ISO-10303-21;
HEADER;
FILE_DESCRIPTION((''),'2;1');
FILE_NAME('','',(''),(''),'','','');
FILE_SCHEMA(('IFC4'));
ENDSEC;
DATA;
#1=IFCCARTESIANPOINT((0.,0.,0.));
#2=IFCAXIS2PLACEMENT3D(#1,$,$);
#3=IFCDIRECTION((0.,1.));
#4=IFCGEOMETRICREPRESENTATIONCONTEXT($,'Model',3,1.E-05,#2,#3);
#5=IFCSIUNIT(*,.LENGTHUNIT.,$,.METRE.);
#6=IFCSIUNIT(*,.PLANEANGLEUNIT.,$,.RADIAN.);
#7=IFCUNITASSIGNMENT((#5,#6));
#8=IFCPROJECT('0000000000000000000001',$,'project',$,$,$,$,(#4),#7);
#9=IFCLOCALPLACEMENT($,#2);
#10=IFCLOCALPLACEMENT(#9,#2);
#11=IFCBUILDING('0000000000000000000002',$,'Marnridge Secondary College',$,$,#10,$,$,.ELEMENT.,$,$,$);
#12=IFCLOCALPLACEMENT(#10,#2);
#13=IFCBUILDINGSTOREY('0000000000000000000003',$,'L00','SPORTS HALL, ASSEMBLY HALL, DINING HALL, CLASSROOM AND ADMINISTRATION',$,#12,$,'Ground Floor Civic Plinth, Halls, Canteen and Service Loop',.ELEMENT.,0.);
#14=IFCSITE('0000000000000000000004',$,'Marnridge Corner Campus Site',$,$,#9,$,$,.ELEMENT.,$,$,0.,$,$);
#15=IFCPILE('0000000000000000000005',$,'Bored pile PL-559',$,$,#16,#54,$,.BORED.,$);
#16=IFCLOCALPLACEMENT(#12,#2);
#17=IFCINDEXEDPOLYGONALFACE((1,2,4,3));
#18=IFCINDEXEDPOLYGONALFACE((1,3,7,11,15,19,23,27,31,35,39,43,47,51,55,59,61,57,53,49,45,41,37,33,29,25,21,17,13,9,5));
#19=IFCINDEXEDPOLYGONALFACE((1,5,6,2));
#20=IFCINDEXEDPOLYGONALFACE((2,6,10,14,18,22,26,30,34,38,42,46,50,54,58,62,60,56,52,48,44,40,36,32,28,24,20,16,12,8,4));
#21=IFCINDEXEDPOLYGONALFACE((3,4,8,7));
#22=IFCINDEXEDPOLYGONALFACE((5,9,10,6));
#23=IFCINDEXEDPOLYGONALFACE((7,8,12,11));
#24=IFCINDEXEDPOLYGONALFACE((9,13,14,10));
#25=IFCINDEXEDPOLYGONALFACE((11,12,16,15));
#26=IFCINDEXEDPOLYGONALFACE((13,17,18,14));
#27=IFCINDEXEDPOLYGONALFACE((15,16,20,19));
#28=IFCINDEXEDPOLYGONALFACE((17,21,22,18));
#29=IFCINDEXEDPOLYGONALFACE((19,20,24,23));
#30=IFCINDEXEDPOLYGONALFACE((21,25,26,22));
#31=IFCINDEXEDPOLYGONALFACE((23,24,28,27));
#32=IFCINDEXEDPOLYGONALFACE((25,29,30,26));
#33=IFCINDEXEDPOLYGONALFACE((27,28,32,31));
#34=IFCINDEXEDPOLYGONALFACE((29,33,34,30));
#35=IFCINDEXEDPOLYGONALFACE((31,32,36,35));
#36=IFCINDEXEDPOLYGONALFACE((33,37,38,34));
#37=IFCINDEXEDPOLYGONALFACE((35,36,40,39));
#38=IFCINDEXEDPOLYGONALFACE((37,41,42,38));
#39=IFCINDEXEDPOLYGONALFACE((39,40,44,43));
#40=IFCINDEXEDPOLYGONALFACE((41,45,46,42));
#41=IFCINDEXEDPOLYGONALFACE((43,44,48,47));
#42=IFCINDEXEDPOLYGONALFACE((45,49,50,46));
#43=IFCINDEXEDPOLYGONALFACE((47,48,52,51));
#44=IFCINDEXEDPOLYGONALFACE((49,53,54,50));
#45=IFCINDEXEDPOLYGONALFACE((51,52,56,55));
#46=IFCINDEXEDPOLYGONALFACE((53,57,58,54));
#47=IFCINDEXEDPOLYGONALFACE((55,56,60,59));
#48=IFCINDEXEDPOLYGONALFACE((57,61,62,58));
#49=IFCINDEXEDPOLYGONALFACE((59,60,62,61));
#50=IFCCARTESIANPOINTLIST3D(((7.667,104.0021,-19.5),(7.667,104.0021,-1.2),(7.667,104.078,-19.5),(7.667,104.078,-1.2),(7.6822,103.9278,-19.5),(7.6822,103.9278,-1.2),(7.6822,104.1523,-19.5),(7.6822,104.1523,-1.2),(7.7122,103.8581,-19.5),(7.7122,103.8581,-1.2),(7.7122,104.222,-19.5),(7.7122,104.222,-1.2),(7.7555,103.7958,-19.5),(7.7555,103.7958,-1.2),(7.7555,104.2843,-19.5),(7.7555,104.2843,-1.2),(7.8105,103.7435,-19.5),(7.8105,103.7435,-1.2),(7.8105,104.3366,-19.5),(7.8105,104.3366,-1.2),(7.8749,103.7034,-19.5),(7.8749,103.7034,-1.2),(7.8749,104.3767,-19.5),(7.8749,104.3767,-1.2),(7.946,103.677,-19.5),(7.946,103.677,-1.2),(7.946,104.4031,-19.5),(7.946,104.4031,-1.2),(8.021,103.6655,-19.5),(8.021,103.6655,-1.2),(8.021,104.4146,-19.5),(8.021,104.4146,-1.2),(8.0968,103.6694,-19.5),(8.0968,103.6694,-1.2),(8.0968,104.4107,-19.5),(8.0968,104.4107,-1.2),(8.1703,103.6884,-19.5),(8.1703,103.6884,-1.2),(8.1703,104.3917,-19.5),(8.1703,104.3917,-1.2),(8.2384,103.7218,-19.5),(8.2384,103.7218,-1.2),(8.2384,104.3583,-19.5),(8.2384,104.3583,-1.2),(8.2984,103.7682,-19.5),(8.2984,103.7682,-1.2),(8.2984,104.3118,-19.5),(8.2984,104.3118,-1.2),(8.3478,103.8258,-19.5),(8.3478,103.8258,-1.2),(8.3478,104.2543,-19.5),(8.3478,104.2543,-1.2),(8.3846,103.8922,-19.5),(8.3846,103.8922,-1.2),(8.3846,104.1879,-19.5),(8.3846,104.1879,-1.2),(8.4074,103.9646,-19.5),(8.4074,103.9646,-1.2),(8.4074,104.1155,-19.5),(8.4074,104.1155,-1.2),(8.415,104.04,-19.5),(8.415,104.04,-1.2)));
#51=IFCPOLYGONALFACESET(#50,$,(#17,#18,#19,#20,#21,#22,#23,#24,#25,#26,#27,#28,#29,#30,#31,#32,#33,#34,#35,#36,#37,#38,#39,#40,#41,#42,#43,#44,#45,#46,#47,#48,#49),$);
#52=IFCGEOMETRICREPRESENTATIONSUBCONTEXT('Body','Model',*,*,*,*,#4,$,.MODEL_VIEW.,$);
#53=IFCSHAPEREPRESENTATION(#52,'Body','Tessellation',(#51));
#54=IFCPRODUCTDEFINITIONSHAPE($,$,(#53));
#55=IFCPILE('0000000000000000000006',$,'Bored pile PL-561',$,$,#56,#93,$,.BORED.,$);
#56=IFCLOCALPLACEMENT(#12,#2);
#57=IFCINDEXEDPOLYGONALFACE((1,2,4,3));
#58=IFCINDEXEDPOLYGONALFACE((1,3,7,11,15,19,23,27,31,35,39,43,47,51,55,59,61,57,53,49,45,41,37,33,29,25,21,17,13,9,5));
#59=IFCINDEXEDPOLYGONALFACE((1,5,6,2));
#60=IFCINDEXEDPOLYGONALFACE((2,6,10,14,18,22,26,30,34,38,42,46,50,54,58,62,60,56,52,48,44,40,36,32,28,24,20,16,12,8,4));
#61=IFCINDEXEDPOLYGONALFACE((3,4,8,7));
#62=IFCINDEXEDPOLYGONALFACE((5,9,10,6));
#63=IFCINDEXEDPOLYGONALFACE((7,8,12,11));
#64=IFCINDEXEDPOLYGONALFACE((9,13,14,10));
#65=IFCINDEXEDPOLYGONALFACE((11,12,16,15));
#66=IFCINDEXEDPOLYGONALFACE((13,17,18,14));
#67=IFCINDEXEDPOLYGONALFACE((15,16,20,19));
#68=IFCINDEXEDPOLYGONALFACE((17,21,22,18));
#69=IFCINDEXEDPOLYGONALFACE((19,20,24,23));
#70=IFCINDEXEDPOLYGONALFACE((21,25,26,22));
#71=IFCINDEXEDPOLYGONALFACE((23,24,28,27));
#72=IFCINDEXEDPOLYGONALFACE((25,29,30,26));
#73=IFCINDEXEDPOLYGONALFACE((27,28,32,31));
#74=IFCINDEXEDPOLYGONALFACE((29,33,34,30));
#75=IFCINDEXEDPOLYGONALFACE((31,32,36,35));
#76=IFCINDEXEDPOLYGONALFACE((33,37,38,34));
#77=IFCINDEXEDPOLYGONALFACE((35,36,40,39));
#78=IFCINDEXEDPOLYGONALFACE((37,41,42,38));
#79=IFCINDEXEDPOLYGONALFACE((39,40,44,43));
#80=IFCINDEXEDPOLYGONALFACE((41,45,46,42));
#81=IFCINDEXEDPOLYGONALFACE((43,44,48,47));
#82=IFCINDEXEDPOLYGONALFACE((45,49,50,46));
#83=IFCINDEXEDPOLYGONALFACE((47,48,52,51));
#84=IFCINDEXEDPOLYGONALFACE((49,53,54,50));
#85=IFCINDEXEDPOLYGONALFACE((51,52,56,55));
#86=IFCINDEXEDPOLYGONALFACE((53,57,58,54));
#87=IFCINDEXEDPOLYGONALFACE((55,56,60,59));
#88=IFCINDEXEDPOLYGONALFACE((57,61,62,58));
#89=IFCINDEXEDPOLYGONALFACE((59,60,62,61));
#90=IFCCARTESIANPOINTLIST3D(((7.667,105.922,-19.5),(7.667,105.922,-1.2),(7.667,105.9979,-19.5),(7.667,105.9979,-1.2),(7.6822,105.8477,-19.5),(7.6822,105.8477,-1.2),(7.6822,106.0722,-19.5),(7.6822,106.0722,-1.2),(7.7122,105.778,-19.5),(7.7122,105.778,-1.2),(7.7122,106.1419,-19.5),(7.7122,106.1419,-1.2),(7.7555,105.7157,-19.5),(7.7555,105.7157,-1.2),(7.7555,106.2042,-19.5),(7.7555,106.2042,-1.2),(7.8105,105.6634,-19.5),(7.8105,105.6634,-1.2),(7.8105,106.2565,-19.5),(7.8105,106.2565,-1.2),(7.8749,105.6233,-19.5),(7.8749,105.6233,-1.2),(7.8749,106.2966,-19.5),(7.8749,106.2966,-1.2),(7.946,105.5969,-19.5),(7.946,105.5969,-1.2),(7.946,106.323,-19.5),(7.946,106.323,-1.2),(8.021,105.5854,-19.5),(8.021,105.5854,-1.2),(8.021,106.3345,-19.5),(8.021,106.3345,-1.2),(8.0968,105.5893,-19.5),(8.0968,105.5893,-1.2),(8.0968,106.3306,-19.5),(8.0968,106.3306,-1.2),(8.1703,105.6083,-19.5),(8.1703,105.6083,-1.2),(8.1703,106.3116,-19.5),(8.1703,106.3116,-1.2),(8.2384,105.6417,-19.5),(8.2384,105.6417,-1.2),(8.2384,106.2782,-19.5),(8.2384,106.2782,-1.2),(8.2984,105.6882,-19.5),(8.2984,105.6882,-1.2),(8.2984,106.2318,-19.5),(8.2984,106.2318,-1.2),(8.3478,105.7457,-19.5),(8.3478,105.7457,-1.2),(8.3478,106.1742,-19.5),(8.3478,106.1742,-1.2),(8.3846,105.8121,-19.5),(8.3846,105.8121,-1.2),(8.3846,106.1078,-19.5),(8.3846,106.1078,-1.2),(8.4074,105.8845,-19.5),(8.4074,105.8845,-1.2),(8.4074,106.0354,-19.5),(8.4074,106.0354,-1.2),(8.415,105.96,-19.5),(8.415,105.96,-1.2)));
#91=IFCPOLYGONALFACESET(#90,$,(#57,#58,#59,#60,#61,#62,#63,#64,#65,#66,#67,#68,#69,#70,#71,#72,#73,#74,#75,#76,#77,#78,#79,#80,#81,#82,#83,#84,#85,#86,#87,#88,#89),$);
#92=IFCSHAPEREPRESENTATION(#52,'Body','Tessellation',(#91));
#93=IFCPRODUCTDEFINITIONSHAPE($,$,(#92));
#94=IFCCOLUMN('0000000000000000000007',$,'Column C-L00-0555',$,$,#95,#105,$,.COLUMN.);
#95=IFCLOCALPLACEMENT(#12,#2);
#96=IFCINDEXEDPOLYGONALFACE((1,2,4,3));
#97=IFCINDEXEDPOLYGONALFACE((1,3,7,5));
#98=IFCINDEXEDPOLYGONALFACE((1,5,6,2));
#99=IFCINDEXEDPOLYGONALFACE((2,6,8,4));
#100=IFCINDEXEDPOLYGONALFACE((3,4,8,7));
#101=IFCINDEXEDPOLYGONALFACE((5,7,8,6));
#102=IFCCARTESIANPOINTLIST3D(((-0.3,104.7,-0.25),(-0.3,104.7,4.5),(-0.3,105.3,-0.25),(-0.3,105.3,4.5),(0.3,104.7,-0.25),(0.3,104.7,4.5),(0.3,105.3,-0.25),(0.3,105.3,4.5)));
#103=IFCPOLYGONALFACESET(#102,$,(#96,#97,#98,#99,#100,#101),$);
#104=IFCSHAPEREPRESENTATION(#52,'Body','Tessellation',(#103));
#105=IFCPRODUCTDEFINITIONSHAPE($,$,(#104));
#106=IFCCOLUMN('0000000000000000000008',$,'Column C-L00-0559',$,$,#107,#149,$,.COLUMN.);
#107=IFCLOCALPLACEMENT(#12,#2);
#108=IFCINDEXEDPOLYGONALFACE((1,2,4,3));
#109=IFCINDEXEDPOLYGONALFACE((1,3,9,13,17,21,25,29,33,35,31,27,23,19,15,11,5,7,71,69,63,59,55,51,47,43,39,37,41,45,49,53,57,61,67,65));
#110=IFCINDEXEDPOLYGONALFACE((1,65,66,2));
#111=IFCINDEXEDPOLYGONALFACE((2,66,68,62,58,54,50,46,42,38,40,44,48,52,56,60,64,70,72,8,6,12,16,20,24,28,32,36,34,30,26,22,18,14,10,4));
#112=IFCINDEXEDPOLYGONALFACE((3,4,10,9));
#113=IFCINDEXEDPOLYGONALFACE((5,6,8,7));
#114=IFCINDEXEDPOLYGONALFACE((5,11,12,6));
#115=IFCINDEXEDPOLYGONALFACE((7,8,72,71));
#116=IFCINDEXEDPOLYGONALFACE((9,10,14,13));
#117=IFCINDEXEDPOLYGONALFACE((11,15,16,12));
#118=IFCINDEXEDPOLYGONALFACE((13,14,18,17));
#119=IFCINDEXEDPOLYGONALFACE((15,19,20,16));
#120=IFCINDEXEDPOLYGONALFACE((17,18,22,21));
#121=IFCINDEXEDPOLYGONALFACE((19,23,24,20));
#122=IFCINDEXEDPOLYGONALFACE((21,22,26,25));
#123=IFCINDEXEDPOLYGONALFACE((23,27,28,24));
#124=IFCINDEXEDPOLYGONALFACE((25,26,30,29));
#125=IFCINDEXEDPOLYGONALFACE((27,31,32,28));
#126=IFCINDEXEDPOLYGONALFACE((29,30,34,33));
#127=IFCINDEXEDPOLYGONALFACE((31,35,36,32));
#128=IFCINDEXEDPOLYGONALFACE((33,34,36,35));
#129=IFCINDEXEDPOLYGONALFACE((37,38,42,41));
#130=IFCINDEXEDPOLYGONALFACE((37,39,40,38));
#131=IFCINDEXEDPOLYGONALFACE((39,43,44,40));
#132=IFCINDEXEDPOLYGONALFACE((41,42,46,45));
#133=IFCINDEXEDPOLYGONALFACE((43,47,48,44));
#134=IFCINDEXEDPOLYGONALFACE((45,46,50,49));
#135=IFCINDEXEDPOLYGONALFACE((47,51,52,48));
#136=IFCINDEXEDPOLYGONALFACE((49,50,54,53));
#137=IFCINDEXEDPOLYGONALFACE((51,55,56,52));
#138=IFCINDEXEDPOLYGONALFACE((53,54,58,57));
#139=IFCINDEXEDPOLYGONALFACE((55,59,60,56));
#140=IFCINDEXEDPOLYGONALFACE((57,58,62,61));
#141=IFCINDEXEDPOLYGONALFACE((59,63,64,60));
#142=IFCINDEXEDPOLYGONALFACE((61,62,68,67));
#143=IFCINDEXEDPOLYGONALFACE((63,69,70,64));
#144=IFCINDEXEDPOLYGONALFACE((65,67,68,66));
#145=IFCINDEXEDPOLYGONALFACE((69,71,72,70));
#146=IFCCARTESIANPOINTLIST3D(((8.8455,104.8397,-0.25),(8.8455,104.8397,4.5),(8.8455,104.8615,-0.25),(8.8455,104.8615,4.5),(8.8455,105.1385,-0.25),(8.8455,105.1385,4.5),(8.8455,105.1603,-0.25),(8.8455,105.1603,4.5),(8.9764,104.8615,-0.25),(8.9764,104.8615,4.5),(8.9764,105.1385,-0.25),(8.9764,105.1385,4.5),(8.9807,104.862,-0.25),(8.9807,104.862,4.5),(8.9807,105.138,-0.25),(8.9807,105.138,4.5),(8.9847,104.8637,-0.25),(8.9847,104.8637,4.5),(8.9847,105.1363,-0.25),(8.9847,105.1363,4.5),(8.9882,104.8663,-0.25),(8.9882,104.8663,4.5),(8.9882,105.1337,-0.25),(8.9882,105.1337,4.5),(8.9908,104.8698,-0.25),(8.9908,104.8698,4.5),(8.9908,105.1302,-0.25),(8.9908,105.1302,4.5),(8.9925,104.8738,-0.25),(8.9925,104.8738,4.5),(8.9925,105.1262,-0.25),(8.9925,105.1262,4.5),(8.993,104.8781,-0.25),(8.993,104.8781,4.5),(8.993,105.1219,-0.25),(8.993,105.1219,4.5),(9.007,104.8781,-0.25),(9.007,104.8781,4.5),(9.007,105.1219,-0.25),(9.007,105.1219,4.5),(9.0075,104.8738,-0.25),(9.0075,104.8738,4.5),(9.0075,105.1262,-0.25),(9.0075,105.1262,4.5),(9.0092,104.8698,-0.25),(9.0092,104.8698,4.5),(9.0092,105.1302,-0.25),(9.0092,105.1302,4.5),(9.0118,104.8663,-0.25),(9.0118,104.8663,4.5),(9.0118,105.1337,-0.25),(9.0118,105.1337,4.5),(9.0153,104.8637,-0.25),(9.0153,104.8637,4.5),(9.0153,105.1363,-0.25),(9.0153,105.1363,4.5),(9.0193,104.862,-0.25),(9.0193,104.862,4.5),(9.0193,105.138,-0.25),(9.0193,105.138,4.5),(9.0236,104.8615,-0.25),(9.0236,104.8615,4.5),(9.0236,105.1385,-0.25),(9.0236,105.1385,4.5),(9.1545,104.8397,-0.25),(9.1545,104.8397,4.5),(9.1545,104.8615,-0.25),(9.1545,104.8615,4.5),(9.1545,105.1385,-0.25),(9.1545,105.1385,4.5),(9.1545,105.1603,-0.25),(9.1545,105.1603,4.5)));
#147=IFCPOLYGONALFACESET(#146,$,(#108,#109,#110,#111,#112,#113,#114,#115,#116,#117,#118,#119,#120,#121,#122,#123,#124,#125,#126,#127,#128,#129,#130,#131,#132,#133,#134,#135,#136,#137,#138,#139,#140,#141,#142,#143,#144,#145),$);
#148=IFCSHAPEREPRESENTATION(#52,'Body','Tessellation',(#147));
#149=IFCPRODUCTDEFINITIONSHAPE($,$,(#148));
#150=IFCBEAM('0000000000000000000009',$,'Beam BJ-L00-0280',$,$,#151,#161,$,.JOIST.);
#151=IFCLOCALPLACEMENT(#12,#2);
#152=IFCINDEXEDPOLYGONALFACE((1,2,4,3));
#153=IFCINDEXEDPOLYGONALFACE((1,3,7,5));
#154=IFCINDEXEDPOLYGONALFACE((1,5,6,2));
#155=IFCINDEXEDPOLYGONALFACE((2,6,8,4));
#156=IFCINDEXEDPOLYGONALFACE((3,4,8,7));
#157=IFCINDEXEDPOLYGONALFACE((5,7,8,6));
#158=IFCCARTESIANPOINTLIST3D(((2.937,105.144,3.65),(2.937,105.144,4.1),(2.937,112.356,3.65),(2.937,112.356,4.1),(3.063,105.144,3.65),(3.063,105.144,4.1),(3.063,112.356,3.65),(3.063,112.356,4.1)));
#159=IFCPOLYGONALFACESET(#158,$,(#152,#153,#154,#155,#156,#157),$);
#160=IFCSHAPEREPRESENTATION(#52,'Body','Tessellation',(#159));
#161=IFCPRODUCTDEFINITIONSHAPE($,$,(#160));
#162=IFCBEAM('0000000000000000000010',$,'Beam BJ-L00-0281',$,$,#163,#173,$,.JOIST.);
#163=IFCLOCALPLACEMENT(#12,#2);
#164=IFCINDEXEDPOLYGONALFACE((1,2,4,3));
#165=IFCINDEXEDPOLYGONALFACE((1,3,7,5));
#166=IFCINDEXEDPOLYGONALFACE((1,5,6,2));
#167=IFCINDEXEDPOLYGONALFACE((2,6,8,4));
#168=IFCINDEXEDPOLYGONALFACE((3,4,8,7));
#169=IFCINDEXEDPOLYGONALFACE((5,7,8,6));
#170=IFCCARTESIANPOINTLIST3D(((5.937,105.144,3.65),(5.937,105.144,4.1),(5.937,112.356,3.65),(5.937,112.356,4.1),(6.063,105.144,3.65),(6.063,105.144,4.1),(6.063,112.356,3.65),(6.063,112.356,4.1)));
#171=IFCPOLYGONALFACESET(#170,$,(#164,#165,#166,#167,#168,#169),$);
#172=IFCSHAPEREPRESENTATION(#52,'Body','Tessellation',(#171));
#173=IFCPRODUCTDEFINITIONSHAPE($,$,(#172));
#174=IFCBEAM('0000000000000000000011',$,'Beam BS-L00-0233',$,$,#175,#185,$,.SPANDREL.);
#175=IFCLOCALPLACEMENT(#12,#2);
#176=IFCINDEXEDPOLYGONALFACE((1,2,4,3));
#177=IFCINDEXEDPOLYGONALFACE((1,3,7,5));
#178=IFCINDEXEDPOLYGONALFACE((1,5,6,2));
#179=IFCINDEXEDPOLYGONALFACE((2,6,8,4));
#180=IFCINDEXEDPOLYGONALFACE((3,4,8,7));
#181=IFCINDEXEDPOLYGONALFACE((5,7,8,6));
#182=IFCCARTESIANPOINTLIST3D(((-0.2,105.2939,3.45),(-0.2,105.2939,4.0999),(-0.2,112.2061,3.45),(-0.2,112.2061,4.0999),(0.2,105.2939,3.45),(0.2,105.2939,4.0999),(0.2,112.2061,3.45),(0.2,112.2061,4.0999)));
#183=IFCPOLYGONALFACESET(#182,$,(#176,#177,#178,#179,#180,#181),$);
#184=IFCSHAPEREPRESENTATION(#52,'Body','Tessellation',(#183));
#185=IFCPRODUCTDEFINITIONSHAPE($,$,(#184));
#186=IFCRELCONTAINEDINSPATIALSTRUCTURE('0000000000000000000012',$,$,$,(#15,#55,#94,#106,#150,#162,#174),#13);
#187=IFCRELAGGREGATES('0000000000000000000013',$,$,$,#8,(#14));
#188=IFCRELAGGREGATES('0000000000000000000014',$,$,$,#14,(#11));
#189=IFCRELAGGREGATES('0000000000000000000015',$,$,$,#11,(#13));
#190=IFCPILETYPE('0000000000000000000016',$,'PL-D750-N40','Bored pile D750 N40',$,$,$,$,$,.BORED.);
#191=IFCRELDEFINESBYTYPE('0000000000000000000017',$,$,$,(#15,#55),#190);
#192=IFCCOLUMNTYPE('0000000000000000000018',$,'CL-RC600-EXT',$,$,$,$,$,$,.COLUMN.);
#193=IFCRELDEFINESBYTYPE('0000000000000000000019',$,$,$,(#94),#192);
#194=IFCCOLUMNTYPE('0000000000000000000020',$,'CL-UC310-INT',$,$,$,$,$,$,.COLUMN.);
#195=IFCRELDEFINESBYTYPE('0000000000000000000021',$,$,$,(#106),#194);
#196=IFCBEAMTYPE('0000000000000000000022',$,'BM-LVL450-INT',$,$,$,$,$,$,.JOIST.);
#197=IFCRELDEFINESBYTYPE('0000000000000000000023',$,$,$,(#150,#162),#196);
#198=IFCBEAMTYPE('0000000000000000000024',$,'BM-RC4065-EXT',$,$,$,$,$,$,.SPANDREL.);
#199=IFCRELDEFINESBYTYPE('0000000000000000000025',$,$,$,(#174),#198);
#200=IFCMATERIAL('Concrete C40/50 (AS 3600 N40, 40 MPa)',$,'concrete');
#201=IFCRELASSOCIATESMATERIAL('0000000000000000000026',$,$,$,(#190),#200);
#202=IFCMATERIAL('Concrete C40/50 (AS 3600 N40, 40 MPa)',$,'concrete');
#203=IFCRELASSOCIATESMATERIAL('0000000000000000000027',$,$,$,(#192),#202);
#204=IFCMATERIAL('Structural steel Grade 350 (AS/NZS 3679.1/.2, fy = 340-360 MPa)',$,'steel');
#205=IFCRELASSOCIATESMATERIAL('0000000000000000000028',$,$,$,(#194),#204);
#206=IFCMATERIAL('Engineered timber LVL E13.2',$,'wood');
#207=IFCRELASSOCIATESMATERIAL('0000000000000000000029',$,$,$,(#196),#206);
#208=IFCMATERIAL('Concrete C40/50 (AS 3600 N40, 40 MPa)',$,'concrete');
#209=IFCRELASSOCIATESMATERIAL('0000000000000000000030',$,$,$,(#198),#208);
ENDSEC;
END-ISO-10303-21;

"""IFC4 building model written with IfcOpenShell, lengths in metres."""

from ifc_helpers import new_model, si_unit, direction, frame, origin, origin_2d, place, context, subcontext, project, spatial, rectangle, circle, i_section, extrude, material, material_profile, profile_set, type_object, element, save


model = new_model("IFC4")

# Units and contexts
model_context = context("Model", 3, precision=1e-05, world=origin(), true_north=direction((0.0, 1.0)))
body_context = subcontext(model_context, "Body", "Model", "MODEL_VIEW")
ifc_project = project(units=[si_unit("LENGTHUNIT", "METRE"), si_unit("PLANEANGLEUNIT", "RADIAN")], contexts=[model_context])

# Site, building, storey
site_placement = place(None, origin())
site = spatial("IfcSite", under=ifc_project, at=site_placement, Name="Marnridge Corner Campus Site", CompositionType="ELEMENT", RefElevation=0.0)
building_placement = place(site_placement, origin())
building = spatial("IfcBuilding", under=site, at=building_placement, Name="Marnridge Secondary College", CompositionType="ELEMENT")
storey_placement = place(building_placement, origin())
storey = spatial("IfcBuildingStorey", under=building, at=storey_placement, Name="L00", Description="SPORTS HALL, ASSEMBLY HALL, DINING HALL, CLASSROOM AND ADMINISTRATION", LongName="Ground Floor Civic Plinth, Halls, Canteen and Service Loop", CompositionType="ELEMENT", Elevation=0.0)

# Piles
ifc_material_1 = material(Name="Concrete C40/50 (AS 3600 N40, 40 MPa)", Category="concrete")
ifc_material_profile_1 = material_profile(ifc_material_1, circle(Radius=0.375, at=origin_2d()), Name="PILE D750")
ifc_profile_set_1 = profile_set([ifc_material_profile_1], Name="Concrete C40/50 (AS 3600 N40, 40 MPa)")
pile_type = type_object("IfcPileType", Name="PL-D750-N40", Description="Bored pile D750 N40", PredefinedType="BORED", material=ifc_profile_set_1)
for number, where, z_axis, x_axis, name in (
    (1, (8.04, 104.04, -1.2), (0.0, 0.0, -1.0), (1.0, 0.0, 0.0), "Bored pile PL-559"),
    (2, (8.04, 105.96, -1.2), (0.0, 0.0, -1.0), (1.0, 0.0, 0.0), "Bored pile PL-561"),
):
    element("IfcPile", number, at=place(storey_placement, frame(where, z_axis=z_axis, x_axis=x_axis)), inside=storey, type_object=pile_type, Name=name, PredefinedType="BORED", context=body_context, shape_type="SweptSolid", body=[
        extrude(circle(Radius=0.375, at=origin_2d()), origin(), (0.0, 0.0, 1.0), 18.3),
    ])

# Columns
ifc_material_2 = material(Name="Concrete C40/50 (AS 3600 N40, 40 MPa)", Category="concrete")
ifc_material_profile_2 = material_profile(ifc_material_2, rectangle(XDim=0.6001, YDim=0.6001, at=origin_2d()), Name="RC 600x600")
ifc_profile_set_2 = profile_set([ifc_material_profile_2], Name="Concrete C40/50 (AS 3600 N40, 40 MPa)")
column_type_1 = type_object("IfcColumnType", Name="CL-RC600-EXT", PredefinedType="COLUMN", material=ifc_profile_set_2)
column_1_placement = place(storey_placement, frame((0.0, 105.0, -0.25), z_axis=(0.0, 0.0, 1.0), x_axis=(1.0, 0.0, 0.0)))
element("IfcColumn", 3, at=column_1_placement, inside=storey, type_object=column_type_1, Name="Column C-L00-0555", PredefinedType="COLUMN", context=body_context, shape_type="SweptSolid", body=[
    extrude(rectangle(XDim=0.6001, YDim=0.6001, at=origin_2d()), origin(), (0.0, 0.0, 1.0), 4.75),
])
ifc_material_3 = material(Name="Structural steel Grade 350 (AS/NZS 3679.1/.2, fy = 340-360 MPa)", Category="steel")
ifc_material_profile_3 = material_profile(ifc_material_3, i_section(OverallWidth=0.3091, OverallDepth=0.3206, WebThickness=0.0139, FlangeThickness=0.0217, FilletRadius=0.0166, at=origin_2d()), Name="310UC137")
ifc_profile_set_3 = profile_set([ifc_material_profile_3], Name="Structural steel Grade 350 (AS/NZS 3679.1/.2, fy = 340-360 MPa)")
column_type_2 = type_object("IfcColumnType", Name="CL-UC310-INT", PredefinedType="COLUMN", material=ifc_profile_set_3)
column_2_placement = place(storey_placement, frame((9.0, 105.0, -0.25), z_axis=(0.0, 0.0, 1.0), x_axis=(1.0, 0.0, 0.0)))
element("IfcColumn", 4, at=column_2_placement, inside=storey, type_object=column_type_2, Name="Column C-L00-0559", PredefinedType="COLUMN", context=body_context, shape_type="SweptSolid", body=[
    extrude(i_section(OverallWidth=0.3091, OverallDepth=0.3206, WebThickness=0.0139, FlangeThickness=0.0217, FilletRadius=0.0166, at=origin_2d()), origin(), (0.0, 0.0, 1.0), 4.75),
])

# Beams
ifc_material_4 = material(Name="Engineered timber LVL E13.2", Category="wood")
ifc_material_profile_4 = material_profile(ifc_material_4, rectangle(XDim=0.126, YDim=0.45, at=origin_2d()), Name="LVL 126x450")
ifc_profile_set_4 = profile_set([ifc_material_profile_4], Name="Engineered timber LVL E13.2")
beam_type_1 = type_object("IfcBeamType", Name="BM-LVL450-INT", PredefinedType="JOIST", material=ifc_profile_set_4)
for number, where, z_axis, x_axis, name in (
    (5, (3.0, 105.144, 3.875), (0.0, 1.0, 0.0), (-1.0, 0.0, 0.0), "Beam BJ-L00-0280"),
    (6, (6.0, 105.144, 3.875), (0.0, 1.0, 0.0), (-1.0, 0.0, 0.0), "Beam BJ-L00-0281"),
):
    element("IfcBeam", number, at=place(storey_placement, frame(where, z_axis=z_axis, x_axis=x_axis)), inside=storey, type_object=beam_type_1, Name=name, PredefinedType="JOIST", context=body_context, shape_type="SweptSolid", body=[
        extrude(rectangle(XDim=0.126, YDim=0.45, at=origin_2d()), origin(), (0.0, 0.0, 1.0), 7.2119),
    ])
ifc_material_5 = material(Name="Concrete C40/50 (AS 3600 N40, 40 MPa)", Category="concrete")
ifc_material_profile_5 = material_profile(ifc_material_5, rectangle(XDim=0.3999, YDim=0.6499, at=origin_2d()), Name="RC 400x650")
ifc_profile_set_5 = profile_set([ifc_material_profile_5], Name="Concrete C40/50 (AS 3600 N40, 40 MPa)")
beam_type_2 = type_object("IfcBeamType", Name="BM-RC4065-EXT", PredefinedType="SPANDREL", material=ifc_profile_set_5)
beam_1_placement = place(storey_placement, frame((0.0, 105.2939, 3.7749), z_axis=(0.0, 1.0, 0.0), x_axis=(-1.0, 0.0, 0.0)))
element("IfcBeam", 7, at=beam_1_placement, inside=storey, type_object=beam_type_2, Name="Beam BS-L00-0233", PredefinedType="SPANDREL", context=body_context, shape_type="SweptSolid", body=[
    extrude(rectangle(XDim=0.3999, YDim=0.6499, at=origin_2d()), origin(), (0.0, 0.0, 1.0), 6.9121),
])

save(model, "model.ifc")
